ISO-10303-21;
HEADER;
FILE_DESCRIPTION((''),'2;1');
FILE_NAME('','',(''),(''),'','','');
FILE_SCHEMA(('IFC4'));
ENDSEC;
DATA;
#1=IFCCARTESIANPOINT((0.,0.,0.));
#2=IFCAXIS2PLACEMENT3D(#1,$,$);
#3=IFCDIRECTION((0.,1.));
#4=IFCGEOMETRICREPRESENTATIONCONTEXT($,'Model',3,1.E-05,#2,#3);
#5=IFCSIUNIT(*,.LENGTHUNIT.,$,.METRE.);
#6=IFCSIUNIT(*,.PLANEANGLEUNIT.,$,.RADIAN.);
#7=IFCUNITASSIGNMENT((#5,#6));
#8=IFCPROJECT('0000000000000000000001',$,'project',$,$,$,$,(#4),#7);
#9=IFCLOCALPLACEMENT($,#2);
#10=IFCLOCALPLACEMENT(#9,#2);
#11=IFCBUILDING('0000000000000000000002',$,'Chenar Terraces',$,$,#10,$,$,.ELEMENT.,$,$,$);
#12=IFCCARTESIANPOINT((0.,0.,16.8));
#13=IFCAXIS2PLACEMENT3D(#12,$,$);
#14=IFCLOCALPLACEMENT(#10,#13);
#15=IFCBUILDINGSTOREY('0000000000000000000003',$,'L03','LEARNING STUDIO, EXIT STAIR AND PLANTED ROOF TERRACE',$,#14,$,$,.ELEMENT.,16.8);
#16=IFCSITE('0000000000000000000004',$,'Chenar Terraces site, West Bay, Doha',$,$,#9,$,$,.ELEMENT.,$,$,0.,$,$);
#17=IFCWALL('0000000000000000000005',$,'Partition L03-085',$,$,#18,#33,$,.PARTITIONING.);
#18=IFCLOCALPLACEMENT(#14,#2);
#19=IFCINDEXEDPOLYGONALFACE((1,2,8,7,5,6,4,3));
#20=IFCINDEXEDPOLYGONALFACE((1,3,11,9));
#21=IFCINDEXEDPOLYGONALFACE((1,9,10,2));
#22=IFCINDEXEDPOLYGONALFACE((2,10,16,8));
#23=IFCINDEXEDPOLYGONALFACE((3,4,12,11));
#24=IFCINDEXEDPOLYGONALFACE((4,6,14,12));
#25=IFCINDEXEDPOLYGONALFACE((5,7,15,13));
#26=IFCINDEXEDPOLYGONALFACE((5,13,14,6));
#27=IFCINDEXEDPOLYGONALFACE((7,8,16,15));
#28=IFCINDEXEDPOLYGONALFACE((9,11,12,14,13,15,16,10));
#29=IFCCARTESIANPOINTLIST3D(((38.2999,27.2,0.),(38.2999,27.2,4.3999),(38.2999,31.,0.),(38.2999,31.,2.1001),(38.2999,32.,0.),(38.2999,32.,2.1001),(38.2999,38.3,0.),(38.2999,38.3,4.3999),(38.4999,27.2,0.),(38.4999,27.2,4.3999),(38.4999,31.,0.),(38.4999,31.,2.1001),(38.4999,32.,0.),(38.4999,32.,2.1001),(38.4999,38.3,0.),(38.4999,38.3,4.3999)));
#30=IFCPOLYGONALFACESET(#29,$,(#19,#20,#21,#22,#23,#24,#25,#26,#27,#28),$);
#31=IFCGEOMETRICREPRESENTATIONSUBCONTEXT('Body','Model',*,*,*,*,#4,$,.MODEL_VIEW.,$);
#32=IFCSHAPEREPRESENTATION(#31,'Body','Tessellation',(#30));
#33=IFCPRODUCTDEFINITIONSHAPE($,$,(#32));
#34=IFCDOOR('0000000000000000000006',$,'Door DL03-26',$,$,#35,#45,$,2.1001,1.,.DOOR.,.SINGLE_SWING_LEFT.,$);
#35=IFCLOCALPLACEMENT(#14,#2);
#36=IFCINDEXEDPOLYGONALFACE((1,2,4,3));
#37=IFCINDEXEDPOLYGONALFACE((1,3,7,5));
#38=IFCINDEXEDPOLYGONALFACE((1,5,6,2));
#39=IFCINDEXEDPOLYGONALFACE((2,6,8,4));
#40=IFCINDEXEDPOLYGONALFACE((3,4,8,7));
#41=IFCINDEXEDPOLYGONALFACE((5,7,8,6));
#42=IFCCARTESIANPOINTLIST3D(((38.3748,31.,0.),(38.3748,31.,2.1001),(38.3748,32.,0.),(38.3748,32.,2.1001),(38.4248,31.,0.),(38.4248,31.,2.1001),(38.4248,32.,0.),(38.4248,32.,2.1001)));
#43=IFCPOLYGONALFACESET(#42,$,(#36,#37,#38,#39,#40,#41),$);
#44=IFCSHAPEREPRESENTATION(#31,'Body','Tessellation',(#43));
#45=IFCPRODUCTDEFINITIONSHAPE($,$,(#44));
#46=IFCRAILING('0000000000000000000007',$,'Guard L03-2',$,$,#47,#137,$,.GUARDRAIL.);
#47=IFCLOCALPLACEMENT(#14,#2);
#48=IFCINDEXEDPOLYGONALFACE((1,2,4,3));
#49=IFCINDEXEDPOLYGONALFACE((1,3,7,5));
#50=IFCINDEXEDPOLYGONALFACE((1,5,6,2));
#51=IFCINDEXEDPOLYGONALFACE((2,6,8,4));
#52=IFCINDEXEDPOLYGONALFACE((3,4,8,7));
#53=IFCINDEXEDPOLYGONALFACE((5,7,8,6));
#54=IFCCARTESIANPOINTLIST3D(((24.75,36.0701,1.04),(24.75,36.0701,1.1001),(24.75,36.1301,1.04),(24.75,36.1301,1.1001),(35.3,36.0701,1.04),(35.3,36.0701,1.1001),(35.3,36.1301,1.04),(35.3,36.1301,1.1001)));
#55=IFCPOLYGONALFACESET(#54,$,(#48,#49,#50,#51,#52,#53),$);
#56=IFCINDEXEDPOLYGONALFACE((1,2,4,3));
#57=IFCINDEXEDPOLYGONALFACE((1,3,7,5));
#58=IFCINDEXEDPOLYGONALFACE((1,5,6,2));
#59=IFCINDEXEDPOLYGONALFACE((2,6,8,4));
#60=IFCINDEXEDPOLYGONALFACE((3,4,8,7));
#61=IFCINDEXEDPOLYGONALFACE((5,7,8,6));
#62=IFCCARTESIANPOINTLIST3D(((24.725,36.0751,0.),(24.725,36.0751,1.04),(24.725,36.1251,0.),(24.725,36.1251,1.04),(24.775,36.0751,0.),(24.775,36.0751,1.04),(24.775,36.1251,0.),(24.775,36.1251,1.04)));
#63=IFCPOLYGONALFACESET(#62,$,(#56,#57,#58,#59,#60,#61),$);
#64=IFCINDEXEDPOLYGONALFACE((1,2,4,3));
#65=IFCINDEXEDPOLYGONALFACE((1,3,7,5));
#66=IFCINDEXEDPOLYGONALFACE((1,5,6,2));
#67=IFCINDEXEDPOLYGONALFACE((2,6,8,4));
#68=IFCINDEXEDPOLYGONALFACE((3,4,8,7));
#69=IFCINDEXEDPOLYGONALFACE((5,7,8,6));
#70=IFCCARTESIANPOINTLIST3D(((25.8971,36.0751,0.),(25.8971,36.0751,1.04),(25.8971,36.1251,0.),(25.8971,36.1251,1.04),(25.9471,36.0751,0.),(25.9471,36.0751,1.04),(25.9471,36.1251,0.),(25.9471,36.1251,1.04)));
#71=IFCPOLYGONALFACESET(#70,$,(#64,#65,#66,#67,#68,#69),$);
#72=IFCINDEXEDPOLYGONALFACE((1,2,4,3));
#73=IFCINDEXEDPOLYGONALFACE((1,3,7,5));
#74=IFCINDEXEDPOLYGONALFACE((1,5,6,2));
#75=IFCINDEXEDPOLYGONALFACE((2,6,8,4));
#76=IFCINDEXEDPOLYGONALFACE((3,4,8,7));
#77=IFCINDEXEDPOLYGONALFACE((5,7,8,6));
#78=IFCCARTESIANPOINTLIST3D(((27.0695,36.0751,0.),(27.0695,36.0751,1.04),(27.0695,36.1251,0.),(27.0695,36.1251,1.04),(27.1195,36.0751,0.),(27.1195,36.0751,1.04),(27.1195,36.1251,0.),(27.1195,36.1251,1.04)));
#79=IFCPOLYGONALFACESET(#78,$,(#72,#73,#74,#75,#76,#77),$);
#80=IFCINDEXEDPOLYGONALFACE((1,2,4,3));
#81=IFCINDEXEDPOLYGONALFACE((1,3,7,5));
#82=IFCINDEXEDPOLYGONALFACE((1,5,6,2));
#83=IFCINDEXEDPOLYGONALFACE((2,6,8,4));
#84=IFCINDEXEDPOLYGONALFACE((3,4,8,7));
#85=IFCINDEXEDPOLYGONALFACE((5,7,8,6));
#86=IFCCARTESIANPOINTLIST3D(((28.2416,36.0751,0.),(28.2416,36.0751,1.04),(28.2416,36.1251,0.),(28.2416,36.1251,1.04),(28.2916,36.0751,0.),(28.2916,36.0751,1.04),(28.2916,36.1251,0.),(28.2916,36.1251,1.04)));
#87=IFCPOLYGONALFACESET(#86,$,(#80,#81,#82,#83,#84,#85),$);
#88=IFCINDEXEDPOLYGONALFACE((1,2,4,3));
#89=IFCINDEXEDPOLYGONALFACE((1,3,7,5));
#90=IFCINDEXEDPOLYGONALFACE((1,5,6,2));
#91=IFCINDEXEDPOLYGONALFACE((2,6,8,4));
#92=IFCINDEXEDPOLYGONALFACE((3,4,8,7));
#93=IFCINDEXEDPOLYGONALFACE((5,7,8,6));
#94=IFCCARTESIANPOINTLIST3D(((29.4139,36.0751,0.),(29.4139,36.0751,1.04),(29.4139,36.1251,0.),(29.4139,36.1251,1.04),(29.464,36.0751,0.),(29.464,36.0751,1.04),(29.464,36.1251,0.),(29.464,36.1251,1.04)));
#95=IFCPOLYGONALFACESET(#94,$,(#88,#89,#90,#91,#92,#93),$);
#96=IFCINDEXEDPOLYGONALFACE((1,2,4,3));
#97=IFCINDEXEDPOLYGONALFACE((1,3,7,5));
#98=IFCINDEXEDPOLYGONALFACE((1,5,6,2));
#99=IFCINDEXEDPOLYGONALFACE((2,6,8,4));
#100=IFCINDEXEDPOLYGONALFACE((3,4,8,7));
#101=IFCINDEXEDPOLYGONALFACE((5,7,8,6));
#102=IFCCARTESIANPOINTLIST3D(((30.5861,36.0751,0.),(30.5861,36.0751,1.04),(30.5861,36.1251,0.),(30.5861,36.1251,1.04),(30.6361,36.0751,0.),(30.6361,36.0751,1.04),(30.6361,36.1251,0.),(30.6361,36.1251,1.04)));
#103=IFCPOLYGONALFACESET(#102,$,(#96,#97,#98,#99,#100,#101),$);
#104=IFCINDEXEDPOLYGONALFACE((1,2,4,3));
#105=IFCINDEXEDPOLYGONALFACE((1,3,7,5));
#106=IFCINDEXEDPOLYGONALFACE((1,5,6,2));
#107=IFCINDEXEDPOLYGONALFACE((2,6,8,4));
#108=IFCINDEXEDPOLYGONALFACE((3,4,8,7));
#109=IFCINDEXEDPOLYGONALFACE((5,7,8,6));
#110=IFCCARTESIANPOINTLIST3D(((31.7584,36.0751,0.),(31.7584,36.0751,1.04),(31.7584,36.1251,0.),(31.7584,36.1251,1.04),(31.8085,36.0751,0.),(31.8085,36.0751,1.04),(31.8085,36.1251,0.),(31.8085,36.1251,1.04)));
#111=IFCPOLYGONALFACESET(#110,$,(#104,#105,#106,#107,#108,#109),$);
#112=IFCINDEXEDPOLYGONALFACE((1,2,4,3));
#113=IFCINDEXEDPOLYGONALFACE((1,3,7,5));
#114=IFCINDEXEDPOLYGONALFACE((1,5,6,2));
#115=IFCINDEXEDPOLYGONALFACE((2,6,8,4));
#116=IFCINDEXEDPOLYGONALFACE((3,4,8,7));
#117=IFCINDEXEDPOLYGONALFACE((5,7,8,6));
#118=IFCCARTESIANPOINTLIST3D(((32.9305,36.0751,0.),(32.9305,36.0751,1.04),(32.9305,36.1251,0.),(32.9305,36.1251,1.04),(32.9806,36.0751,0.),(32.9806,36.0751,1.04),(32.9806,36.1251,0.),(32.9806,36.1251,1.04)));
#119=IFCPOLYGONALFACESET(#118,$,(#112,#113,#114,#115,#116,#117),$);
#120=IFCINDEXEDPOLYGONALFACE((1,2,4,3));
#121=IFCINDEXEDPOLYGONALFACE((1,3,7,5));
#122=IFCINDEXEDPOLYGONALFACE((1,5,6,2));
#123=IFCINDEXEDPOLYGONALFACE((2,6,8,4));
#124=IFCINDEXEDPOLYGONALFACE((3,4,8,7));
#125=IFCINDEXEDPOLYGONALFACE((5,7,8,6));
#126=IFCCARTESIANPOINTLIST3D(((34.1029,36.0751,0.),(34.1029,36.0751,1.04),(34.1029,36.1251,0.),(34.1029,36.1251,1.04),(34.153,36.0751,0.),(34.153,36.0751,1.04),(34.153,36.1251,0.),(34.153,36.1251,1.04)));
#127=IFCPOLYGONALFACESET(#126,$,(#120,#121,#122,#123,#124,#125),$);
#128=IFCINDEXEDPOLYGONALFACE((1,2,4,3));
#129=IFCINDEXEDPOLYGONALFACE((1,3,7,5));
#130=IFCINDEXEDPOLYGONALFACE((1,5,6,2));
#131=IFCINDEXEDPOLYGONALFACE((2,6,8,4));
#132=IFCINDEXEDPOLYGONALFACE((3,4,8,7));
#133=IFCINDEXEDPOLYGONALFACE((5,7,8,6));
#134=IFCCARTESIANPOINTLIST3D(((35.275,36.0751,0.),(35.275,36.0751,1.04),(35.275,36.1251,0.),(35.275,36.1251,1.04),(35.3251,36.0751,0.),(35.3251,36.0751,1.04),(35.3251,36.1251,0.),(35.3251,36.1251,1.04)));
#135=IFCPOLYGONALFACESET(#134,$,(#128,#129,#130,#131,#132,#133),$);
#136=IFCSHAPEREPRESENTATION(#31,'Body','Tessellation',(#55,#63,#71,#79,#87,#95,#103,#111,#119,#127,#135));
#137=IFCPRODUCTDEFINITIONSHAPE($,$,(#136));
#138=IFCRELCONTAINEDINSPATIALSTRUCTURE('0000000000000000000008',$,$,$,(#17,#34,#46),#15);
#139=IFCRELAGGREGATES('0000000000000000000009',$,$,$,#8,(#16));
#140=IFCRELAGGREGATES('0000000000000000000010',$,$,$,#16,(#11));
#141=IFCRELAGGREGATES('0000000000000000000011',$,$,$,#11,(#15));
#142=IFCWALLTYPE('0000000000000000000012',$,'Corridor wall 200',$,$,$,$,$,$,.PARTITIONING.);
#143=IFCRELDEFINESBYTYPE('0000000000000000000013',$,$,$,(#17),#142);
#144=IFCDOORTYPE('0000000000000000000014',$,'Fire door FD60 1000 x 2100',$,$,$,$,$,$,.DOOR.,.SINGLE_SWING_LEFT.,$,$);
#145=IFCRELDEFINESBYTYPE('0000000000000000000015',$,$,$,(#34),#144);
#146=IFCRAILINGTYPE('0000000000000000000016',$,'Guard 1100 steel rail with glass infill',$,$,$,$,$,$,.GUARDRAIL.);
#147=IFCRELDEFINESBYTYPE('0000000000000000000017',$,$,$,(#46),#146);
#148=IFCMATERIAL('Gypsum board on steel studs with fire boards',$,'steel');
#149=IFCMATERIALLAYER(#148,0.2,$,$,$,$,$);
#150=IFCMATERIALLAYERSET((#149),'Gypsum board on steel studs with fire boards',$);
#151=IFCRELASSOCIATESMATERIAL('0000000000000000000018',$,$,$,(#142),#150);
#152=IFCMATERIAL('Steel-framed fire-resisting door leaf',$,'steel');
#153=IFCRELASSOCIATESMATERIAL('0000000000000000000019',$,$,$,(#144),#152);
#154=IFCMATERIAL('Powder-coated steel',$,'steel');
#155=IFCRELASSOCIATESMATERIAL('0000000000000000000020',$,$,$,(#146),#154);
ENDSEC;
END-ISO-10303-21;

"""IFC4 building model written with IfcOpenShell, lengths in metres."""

from ifc_helpers import new_model, si_unit, direction, frame, frame_2d, origin, origin_2d, place, context, subcontext, project, spatial, rectangle, extrude, material, layer, layer_set, type_object, element, fill, save


model = new_model("IFC4")

# Units and contexts
model_context = context("Model", 3, precision=1e-05, world=origin(), true_north=direction((0.0, 1.0)))
body_context = subcontext(model_context, "Body", "Model", "MODEL_VIEW")
ifc_project = project(units=[si_unit("LENGTHUNIT", "METRE"), si_unit("PLANEANGLEUNIT", "RADIAN")], contexts=[model_context])

# Site, building, storey
site_placement = place(None, origin())
site = spatial("IfcSite", under=ifc_project, at=site_placement, Name="Chenar Terraces site, West Bay, Doha", CompositionType="ELEMENT", RefElevation=0.0)
building_placement = place(site_placement, origin())
building = spatial("IfcBuilding", under=site, at=building_placement, Name="Chenar Terraces", CompositionType="ELEMENT")
storey_placement = place(building_placement, frame((0.0, 0.0, 16.8)))
storey = spatial("IfcBuildingStorey", under=building, at=storey_placement, Name="L03", Description="LEARNING STUDIO, EXIT STAIR AND PLANTED ROOF TERRACE", CompositionType="ELEMENT", Elevation=16.8)

# Shared definitions
ifc_material_1 = material(Name="Gypsum board on steel studs with fire boards", Category="steel")
ifc_layer_1 = layer(ifc_material_1, 0.2)
ifc_layer_set_1 = layer_set([ifc_layer_1], Name="Gypsum board on steel studs with fire boards")
wall_type_1 = type_object("IfcWallType", Name="Corridor wall 200", PredefinedType="PARTITIONING", material=ifc_layer_set_1)
ifc_material_2 = material(Name="Steel-framed fire-resisting door leaf", Category="steel")
door_type_1 = type_object("IfcDoorType", Name="Fire door FD60 1000 x 2100", OperationType="SINGLE_SWING_LEFT", PredefinedType="DOOR", material=ifc_material_2)

# Wall, opening, door
wall_1_placement = place(storey_placement, frame((38.3999, 27.2, 0.0), z_axis=(0.0, 0.0, 1.0), x_axis=(0.0, 1.0, 0.0)))
wall_1 = element("IfcWall", 1, at=wall_1_placement, inside=storey, type_object=wall_type_1, Name="Partition L03-085", PredefinedType="PARTITIONING", context=body_context, shape_type="SweptSolid", body=[
    extrude(rectangle(XDim=11.1001, YDim=0.2, at=frame_2d((5.55, 0.0))), origin(), (0.0, 0.0, 1.0), 4.3999),
])
opening_1_placement = place(wall_1_placement, frame((3.8, 0.0, 0.0)))
opening_1 = element("IfcOpeningElement", 2, at=opening_1_placement, cuts=wall_1, PredefinedType="OPENING", context=body_context, shape_type="SweptSolid", body=[
    extrude(rectangle(XDim=1.0, YDim=2.1001, at=frame_2d((0.5, 1.05))), frame((0.0, 0.1099, 0.0), z_axis=(0.0, -1.0, 0.0), x_axis=(1.0, 0.0, 0.0)), (0.0, 0.0, 1.0), 0.22),
])
door_1_placement = place(opening_1_placement, frame((1.0, 0.0, 0.0), z_axis=(0.0, 0.0, 1.0), x_axis=(-1.0, 0.0, 0.0)))
door_1 = element("IfcDoor", 3, at=door_1_placement, inside=storey, type_object=door_type_1, Name="Door DL03-26", OperationType="SINGLE_SWING_LEFT", OverallHeight=2.1001, OverallWidth=1.0, PredefinedType="DOOR", context=body_context, shape_type="SweptSolid", body=[
    extrude(rectangle(XDim=1.0, YDim=2.1001, at=frame_2d((0.5, 1.05))), frame((0.0, 0.0249, 0.0), z_axis=(0.0, -1.0, 0.0), x_axis=(1.0, 0.0, 0.0)), (0.0, 0.0, 1.0), 0.05),
])
fill(opening_1, door_1)

# Railing
ifc_material_3 = material(Name="Powder-coated steel", Category="steel")
railing_type = type_object("IfcRailingType", Name="Guard 1100 steel rail with glass infill", PredefinedType="GUARDRAIL", material=ifc_material_3)
railing_placement = place(storey_placement, frame((24.75, 36.1001, 0.0)))
element("IfcRailing", 4, at=railing_placement, inside=storey, type_object=railing_type, Name="Guard L03-2", PredefinedType="GUARDRAIL", context=body_context, shape_type="SweptSolid", body=[
    extrude(rectangle(XDim=0.0601, YDim=0.0601, at=origin_2d()), frame((0.0, 0.0, 1.0701), z_axis=(1.0, 0.0, 0.0), x_axis=(0.0, 1.0, 0.0)), (0.0, 0.0, 1.0), 10.55),
    extrude(rectangle(XDim=0.05, YDim=0.05, at=origin_2d()), origin(), (0.0, 0.0, 1.0), 1.04),
    extrude(rectangle(XDim=0.05, YDim=0.05, at=origin_2d()), frame((1.1721, 0.0, 0.0)), (0.0, 0.0, 1.0), 1.04),
    extrude(rectangle(XDim=0.05, YDim=0.05, at=origin_2d()), frame((2.3445, 0.0, 0.0)), (0.0, 0.0, 1.0), 1.04),
    extrude(rectangle(XDim=0.05, YDim=0.05, at=origin_2d()), frame((3.5166, 0.0, 0.0)), (0.0, 0.0, 1.0), 1.04),
    extrude(rectangle(XDim=0.05, YDim=0.05, at=origin_2d()), frame((4.689, 0.0, 0.0)), (0.0, 0.0, 1.0), 1.04),
    extrude(rectangle(XDim=0.05, YDim=0.05, at=origin_2d()), frame((5.8611, 0.0, 0.0)), (0.0, 0.0, 1.0), 1.04),
    extrude(rectangle(XDim=0.05, YDim=0.05, at=origin_2d()), frame((7.0334, 0.0, 0.0)), (0.0, 0.0, 1.0), 1.04),
    extrude(rectangle(XDim=0.05, YDim=0.05, at=origin_2d()), frame((8.2056, 0.0, 0.0)), (0.0, 0.0, 1.0), 1.04),
    extrude(rectangle(XDim=0.05, YDim=0.05, at=origin_2d()), frame((9.3779, 0.0, 0.0)), (0.0, 0.0, 1.0), 1.04),
    extrude(rectangle(XDim=0.05, YDim=0.05, at=origin_2d()), frame((10.55, 0.0, 0.0)), (0.0, 0.0, 1.0), 1.04),
])

save(model, "model.ifc")
